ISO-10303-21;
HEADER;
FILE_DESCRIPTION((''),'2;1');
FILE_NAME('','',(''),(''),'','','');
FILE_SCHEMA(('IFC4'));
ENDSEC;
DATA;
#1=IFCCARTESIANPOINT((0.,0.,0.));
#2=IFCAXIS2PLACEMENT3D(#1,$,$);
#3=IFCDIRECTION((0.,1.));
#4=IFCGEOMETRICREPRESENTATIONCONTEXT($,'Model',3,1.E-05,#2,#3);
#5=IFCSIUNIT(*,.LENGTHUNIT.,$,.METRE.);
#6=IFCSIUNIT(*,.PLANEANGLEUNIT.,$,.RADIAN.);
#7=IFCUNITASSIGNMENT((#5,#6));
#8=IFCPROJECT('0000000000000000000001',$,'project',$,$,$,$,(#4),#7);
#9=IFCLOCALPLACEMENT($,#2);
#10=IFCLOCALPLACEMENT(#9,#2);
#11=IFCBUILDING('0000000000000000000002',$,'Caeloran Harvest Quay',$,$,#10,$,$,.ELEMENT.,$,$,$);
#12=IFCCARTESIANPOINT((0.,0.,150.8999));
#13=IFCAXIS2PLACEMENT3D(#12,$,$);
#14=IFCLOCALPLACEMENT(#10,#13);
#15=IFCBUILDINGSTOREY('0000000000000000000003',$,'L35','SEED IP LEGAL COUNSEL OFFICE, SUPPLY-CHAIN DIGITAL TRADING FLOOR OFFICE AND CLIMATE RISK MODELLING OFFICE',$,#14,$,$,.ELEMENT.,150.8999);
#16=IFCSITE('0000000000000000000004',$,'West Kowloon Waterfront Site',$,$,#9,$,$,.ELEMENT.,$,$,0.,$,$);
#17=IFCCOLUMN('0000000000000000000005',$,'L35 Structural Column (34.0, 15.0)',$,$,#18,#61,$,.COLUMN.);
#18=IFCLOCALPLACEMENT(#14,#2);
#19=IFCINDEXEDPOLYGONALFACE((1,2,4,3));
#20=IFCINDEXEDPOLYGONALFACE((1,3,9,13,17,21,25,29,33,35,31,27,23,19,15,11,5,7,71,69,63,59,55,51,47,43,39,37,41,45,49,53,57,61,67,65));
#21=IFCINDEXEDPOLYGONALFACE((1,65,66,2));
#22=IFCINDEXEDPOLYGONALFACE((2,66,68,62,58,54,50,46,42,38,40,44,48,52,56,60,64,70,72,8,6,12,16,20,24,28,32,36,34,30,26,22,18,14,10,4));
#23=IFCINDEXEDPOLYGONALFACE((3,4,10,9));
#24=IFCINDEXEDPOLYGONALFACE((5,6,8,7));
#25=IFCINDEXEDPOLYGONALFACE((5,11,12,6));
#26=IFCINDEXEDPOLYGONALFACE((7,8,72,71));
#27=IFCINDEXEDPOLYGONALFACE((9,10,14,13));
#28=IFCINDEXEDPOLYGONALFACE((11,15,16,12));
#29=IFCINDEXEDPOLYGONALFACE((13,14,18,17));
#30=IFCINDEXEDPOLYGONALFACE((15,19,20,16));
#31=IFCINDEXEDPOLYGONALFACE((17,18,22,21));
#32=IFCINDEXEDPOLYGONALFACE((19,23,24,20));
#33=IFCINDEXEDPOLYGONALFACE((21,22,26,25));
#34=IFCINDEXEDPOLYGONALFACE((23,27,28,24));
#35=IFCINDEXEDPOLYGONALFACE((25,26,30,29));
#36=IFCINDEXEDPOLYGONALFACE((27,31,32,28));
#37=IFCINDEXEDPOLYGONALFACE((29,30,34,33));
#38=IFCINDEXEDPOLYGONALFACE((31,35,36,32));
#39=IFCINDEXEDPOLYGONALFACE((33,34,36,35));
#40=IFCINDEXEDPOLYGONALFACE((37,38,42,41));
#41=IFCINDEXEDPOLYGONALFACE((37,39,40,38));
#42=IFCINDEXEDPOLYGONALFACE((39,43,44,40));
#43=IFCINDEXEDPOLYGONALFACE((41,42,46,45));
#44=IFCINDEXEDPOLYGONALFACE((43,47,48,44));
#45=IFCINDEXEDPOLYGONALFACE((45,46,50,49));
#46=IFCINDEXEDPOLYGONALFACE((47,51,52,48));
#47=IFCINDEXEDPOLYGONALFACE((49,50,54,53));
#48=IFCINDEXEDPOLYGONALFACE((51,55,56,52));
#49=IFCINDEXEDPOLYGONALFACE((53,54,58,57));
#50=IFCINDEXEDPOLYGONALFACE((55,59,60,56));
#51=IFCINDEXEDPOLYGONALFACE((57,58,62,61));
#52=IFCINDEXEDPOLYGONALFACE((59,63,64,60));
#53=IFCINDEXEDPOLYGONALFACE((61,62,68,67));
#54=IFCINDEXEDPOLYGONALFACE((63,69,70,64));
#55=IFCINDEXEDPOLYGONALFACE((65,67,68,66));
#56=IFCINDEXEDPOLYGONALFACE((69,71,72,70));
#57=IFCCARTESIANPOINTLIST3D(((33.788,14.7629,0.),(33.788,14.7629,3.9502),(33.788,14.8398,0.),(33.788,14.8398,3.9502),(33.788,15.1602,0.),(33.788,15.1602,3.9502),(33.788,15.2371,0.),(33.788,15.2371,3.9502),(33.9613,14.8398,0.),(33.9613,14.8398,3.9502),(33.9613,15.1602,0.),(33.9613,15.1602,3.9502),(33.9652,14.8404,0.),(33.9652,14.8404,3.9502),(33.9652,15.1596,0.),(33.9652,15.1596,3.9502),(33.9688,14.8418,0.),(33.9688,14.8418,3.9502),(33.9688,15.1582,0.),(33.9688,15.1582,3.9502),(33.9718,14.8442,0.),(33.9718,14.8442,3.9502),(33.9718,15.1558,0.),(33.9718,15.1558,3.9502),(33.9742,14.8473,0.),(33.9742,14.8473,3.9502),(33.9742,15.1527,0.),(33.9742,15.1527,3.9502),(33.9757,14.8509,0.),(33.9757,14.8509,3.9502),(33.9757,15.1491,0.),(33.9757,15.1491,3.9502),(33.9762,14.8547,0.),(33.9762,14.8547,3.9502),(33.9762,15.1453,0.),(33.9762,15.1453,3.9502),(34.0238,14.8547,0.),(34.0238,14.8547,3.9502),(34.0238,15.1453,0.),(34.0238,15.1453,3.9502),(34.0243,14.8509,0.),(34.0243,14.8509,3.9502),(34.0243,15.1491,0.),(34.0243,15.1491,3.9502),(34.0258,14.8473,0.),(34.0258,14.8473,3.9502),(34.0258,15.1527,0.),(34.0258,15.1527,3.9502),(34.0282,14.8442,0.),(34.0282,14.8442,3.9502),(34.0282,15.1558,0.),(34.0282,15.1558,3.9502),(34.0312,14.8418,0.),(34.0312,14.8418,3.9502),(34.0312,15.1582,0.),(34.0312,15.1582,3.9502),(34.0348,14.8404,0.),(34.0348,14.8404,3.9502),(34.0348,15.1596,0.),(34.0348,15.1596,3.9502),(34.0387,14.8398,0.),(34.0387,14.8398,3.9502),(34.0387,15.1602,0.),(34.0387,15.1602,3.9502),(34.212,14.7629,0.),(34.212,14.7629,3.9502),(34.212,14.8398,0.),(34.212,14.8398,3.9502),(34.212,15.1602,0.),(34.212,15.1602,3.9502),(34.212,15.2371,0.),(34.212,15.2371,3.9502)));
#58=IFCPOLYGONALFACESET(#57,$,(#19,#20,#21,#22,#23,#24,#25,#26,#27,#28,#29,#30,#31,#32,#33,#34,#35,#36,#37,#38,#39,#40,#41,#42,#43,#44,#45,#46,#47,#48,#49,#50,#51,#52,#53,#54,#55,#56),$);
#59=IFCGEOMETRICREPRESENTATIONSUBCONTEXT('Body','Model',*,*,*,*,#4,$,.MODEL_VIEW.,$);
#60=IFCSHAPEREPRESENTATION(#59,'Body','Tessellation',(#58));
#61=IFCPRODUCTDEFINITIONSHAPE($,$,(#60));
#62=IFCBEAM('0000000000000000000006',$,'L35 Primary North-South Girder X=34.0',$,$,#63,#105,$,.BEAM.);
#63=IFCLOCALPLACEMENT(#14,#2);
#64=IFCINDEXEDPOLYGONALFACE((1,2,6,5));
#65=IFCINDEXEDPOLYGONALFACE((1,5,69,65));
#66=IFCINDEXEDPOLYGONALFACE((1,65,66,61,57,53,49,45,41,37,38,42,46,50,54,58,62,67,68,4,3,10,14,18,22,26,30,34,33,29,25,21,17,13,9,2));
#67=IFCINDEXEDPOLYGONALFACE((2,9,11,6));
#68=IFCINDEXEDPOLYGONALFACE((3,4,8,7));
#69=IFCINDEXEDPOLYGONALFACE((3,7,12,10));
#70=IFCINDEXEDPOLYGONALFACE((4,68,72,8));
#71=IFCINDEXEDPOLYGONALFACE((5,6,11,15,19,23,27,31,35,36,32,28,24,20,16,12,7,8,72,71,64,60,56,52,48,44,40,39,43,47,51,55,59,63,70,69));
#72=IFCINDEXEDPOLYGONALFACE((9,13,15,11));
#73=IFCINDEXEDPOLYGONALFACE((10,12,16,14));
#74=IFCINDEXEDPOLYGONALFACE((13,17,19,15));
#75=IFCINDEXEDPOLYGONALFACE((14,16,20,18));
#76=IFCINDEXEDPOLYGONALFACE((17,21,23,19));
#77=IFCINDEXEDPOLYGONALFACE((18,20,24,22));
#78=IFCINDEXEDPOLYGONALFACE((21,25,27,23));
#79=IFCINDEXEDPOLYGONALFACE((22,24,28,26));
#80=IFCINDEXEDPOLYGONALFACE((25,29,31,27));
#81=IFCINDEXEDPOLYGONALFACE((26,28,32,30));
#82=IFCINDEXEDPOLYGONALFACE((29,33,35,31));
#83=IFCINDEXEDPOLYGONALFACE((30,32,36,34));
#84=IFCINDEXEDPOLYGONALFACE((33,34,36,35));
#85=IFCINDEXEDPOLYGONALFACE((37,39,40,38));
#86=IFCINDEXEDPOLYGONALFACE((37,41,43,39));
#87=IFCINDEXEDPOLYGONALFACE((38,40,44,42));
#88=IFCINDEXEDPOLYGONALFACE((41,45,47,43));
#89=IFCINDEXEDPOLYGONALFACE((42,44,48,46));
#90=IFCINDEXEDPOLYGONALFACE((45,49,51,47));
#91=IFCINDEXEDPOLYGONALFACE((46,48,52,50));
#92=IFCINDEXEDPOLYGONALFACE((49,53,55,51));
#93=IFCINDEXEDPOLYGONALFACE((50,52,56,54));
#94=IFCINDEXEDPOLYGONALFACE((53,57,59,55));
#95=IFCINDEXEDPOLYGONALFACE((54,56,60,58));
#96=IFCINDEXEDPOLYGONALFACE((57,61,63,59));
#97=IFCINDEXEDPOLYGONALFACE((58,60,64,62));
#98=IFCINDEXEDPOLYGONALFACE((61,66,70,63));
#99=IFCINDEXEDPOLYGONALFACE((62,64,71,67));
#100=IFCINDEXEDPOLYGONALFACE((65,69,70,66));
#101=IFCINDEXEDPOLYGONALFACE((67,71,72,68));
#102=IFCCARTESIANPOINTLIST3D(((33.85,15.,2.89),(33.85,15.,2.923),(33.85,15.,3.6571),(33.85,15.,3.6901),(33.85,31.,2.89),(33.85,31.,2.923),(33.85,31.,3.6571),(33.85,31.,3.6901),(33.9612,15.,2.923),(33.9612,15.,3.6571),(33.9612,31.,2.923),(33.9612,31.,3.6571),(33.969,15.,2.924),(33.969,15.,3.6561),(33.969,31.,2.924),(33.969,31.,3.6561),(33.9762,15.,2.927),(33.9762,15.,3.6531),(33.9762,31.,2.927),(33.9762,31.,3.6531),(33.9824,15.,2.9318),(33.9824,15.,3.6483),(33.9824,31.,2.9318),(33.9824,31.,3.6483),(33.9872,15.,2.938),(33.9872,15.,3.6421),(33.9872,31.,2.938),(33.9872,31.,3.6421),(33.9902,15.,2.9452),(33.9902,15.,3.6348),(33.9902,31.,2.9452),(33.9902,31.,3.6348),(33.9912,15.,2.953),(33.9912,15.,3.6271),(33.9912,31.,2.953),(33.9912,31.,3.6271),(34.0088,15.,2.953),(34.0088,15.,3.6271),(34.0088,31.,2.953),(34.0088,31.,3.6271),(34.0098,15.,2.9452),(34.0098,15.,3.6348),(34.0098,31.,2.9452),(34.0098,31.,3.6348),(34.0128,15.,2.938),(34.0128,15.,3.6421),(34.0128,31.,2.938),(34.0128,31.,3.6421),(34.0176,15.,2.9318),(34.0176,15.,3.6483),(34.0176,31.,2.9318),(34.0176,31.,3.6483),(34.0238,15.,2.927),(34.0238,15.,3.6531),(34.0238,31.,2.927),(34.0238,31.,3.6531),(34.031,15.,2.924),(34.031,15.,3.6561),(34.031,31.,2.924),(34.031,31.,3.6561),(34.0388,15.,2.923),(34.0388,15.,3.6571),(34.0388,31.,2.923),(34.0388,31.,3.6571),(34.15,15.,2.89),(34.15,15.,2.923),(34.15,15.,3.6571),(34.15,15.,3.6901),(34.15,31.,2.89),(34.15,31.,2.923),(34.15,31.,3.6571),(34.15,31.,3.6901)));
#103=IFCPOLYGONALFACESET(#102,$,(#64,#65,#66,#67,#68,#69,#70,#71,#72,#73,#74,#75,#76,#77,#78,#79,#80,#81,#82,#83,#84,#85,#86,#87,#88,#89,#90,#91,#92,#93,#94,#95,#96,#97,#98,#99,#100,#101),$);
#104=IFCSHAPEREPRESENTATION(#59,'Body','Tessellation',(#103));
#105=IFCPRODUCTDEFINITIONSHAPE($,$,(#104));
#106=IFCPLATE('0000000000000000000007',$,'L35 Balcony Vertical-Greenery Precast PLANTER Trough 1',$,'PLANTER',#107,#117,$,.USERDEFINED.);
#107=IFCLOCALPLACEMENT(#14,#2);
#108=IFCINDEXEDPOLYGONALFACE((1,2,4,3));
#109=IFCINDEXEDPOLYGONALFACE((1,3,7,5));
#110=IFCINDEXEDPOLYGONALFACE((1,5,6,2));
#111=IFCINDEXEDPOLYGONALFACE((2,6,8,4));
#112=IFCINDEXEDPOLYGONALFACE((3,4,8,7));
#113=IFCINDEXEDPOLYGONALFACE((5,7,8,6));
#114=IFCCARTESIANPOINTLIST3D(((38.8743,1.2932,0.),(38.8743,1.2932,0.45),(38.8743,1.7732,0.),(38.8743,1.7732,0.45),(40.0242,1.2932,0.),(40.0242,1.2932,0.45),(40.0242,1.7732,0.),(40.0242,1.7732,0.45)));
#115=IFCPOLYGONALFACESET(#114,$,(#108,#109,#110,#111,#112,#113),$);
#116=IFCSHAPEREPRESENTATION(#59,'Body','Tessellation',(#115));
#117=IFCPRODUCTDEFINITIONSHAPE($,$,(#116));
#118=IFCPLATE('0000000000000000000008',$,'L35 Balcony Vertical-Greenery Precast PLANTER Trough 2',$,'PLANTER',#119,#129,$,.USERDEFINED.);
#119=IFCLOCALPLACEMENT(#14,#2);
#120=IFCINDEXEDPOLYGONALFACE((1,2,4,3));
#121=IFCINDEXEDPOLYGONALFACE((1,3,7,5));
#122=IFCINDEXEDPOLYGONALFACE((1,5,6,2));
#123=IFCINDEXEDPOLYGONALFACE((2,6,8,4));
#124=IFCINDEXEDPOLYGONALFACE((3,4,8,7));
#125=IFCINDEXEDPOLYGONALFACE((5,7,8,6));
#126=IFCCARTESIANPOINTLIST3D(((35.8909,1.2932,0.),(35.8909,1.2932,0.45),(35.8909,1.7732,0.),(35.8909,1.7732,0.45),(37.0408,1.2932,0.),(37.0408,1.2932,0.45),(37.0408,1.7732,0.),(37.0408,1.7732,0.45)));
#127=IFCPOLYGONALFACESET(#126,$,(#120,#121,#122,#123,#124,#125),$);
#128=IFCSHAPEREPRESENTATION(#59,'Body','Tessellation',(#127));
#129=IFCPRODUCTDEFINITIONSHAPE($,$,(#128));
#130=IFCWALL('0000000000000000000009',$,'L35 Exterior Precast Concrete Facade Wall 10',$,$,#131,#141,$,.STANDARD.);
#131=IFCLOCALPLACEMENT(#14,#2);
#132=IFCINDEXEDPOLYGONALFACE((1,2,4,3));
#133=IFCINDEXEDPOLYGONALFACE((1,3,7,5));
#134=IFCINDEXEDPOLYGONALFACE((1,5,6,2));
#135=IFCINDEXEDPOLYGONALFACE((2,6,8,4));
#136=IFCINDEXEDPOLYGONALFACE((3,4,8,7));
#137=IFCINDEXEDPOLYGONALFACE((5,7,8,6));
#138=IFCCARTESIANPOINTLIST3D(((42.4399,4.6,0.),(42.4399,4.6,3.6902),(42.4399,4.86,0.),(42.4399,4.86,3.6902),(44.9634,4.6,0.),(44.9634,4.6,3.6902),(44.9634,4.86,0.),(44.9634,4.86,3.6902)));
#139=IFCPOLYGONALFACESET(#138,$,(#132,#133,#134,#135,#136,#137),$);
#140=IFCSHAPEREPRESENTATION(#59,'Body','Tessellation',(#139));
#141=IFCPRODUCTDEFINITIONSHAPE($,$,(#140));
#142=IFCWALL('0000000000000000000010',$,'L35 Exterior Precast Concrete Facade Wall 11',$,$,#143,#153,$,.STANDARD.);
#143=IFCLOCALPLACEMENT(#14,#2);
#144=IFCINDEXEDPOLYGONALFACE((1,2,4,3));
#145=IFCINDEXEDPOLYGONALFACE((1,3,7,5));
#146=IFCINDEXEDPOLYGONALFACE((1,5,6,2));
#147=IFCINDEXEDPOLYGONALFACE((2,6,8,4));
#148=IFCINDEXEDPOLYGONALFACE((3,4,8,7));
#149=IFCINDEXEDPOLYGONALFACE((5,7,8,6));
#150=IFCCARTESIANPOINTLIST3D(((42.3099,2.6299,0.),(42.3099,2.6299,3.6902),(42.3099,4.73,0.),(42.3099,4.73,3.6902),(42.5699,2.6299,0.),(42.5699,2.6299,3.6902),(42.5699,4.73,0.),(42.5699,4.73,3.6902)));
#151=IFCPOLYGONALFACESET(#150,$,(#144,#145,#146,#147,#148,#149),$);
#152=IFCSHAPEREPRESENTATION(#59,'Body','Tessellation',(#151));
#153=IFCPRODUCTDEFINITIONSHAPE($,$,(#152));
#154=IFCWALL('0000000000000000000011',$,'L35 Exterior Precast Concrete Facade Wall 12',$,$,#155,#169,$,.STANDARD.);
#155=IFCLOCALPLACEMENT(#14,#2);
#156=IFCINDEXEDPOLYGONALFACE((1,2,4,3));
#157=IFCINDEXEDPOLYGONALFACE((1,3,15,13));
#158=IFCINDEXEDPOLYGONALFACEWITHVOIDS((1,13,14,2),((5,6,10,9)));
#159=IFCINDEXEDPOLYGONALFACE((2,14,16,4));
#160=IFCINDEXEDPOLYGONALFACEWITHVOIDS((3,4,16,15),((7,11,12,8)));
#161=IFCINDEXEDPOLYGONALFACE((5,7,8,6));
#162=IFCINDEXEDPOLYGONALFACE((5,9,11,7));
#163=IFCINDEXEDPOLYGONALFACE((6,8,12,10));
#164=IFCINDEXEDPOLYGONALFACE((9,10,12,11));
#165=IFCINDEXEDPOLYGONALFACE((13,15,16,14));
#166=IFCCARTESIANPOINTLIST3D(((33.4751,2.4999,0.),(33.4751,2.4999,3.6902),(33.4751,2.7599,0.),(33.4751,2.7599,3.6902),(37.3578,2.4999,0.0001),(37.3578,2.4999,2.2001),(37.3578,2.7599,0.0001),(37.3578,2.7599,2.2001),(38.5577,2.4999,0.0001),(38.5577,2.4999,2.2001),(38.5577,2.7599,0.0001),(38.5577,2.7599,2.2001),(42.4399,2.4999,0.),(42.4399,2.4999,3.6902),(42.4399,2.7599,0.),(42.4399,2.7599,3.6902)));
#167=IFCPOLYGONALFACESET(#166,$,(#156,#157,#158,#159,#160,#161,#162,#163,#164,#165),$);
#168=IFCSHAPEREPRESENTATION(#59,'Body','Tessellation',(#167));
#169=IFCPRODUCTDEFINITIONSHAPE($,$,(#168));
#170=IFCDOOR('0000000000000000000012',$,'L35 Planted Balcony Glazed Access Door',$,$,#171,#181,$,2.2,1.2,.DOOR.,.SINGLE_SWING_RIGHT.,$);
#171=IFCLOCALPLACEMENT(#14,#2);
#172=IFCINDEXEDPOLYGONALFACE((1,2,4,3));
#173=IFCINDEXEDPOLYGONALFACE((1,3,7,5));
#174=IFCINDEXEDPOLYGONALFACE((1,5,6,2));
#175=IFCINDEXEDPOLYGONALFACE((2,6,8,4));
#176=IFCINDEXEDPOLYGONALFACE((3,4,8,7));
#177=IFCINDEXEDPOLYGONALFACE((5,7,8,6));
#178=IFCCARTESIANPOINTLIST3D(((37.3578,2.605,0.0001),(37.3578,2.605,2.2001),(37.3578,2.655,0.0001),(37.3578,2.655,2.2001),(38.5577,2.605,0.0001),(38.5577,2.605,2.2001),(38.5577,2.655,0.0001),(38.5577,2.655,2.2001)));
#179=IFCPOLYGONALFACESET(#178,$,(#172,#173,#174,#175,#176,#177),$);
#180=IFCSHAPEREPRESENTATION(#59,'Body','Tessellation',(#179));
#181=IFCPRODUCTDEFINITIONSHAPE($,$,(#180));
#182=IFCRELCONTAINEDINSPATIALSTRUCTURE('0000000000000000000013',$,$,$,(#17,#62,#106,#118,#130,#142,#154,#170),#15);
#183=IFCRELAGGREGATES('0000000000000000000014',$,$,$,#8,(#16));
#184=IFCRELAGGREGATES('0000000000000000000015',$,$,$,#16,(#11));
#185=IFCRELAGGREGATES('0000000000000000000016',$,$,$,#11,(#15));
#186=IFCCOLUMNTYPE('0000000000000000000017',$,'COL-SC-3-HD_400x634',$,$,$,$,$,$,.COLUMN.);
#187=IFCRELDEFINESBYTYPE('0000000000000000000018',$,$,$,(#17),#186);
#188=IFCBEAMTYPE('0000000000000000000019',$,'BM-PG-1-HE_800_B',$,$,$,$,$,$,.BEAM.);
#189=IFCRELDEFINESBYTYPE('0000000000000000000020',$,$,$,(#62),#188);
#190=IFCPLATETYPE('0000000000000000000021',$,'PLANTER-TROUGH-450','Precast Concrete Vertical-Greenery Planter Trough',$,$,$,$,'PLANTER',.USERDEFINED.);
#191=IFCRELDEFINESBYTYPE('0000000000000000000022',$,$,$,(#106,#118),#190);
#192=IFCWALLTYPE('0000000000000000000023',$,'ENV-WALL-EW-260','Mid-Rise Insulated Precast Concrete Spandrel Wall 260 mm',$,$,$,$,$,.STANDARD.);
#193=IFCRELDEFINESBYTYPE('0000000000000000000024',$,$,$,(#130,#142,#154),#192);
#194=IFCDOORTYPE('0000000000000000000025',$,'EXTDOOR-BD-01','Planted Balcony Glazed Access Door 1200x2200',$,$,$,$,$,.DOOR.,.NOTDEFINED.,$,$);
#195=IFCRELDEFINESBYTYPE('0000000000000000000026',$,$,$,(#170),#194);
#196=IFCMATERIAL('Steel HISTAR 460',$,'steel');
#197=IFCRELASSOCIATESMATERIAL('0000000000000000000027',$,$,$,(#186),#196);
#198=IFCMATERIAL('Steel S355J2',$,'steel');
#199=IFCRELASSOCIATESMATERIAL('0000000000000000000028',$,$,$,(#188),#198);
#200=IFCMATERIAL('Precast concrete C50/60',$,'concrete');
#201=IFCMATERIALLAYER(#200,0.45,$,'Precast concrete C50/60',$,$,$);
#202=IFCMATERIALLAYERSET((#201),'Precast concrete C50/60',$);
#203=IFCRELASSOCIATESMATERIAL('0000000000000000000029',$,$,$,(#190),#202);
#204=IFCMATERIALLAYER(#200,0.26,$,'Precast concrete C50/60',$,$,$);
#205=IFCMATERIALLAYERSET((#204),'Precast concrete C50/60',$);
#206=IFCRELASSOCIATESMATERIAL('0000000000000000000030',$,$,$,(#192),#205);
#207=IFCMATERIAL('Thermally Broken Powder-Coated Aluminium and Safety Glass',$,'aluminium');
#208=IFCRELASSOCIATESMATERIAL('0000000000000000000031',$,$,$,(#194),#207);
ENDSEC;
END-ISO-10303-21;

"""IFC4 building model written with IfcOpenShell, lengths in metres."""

from ifc_helpers import new_model, si_unit, direction, frame, frame_2d, origin, origin_2d, place, context, subcontext, project, spatial, rectangle, i_section, extrude, material, layer, layer_set, material_profile, profile_set, type_object, element, fill, save


model = new_model("IFC4")

# Units and contexts
model_context = context("Model", 3, precision=1e-05, world=origin(), true_north=direction((0.0, 1.0)))
body_context = subcontext(model_context, "Body", "Model", "MODEL_VIEW")
ifc_project = project(units=[si_unit("LENGTHUNIT", "METRE"), si_unit("PLANEANGLEUNIT", "RADIAN")], contexts=[model_context])

# Site, building, storey
site_placement = place(None, origin())
site = spatial("IfcSite", under=ifc_project, at=site_placement, Name="West Kowloon Waterfront Site", CompositionType="ELEMENT", RefElevation=0.0)
building_placement = place(site_placement, origin())
building = spatial("IfcBuilding", under=site, at=building_placement, Name="Caeloran Harvest Quay", CompositionType="ELEMENT")
storey_placement = place(building_placement, frame((0.0, 0.0, 150.8999)))
storey = spatial("IfcBuildingStorey", under=building, at=storey_placement, Name="L35", Description="SEED IP LEGAL COUNSEL OFFICE, SUPPLY-CHAIN DIGITAL TRADING FLOOR OFFICE AND CLIMATE RISK MODELLING OFFICE", CompositionType="ELEMENT", Elevation=150.8999)

# Column
ifc_material_1 = material(Name="Steel HISTAR 460", Category="steel")
ifc_material_profile_1 = material_profile(ifc_material_1, i_section(OverallWidth=0.4241, OverallDepth=0.4741, WebThickness=0.0476, FlangeThickness=0.0769, FilletRadius=0.0149, at=origin_2d()), Name="HD 400x634")
ifc_profile_set_1 = profile_set([ifc_material_profile_1], Name="Steel HISTAR 460")
column_type = type_object("IfcColumnType", Name="COL-SC-3-HD_400x634", PredefinedType="COLUMN", material=ifc_profile_set_1)
column_placement = place(storey_placement, frame((34.0, 15.0, 0.0), z_axis=(0.0, 0.0, 1.0), x_axis=(1.0, 0.0, 0.0)))
element("IfcColumn", 1, at=column_placement, inside=storey, type_object=column_type, Name="L35 Structural Column (34.0, 15.0)", PredefinedType="COLUMN", context=body_context, shape_type="SweptSolid", body=[
    extrude(i_section(OverallWidth=0.4241, OverallDepth=0.4741, WebThickness=0.0476, FlangeThickness=0.0769, FilletRadius=0.0149, at=origin_2d()), origin(), (0.0, 0.0, 1.0), 3.9502),
])

# Beam
ifc_material_2 = material(Name="Steel S355J2", Category="steel")
ifc_material_profile_2 = material_profile(ifc_material_2, i_section(OverallWidth=0.3, OverallDepth=0.8, WebThickness=0.0176, FlangeThickness=0.033, FilletRadius=0.03, at=origin_2d()), Name="HE 800 B")
ifc_profile_set_2 = profile_set([ifc_material_profile_2], Name="Steel S355J2")
beam_type = type_object("IfcBeamType", Name="BM-PG-1-HE_800_B", PredefinedType="BEAM", material=ifc_profile_set_2)
beam_placement = place(storey_placement, frame((34.0, 15.0, 3.29), z_axis=(0.0, 1.0, 0.0), x_axis=(-1.0, 0.0, 0.0)))
element("IfcBeam", 2, at=beam_placement, inside=storey, type_object=beam_type, Name="L35 Primary North-South Girder X=34.0", PredefinedType="BEAM", context=body_context, shape_type="SweptSolid", body=[
    extrude(i_section(OverallWidth=0.3, OverallDepth=0.8, WebThickness=0.0176, FlangeThickness=0.033, FilletRadius=0.03, at=origin_2d()), origin(), (0.0, 0.0, 1.0), 16.0),
])

# Plates
ifc_material_3 = material(Name="Precast concrete C50/60", Category="concrete")
ifc_layer_1 = layer(ifc_material_3, 0.45, Name="Precast concrete C50/60")
ifc_layer_set_1 = layer_set([ifc_layer_1], Name="Precast concrete C50/60")
plate_type = type_object("IfcPlateType", Name="PLANTER-TROUGH-450", Description="Precast Concrete Vertical-Greenery Planter Trough", ElementType="PLANTER", PredefinedType="USERDEFINED", material=ifc_layer_set_1)
for number, where, z_axis, x_axis, name in (
    (3, (39.4492, 1.5332, 0.0), (0.0, 0.0, 1.0), (1.0, 0.0, 0.0), "L35 Balcony Vertical-Greenery Precast PLANTER Trough 1"),
    (4, (36.4658, 1.5332, 0.0), (0.0, 0.0, 1.0), (1.0, 0.0, 0.0), "L35 Balcony Vertical-Greenery Precast PLANTER Trough 2"),
):
    element("IfcPlate", number, at=place(storey_placement, frame(where, z_axis=z_axis, x_axis=x_axis)), inside=storey, type_object=plate_type, Name=name, ObjectType="PLANTER", PredefinedType="USERDEFINED", context=body_context, shape_type="SweptSolid", body=[
        extrude(rectangle(XDim=1.1499, YDim=0.48, at=origin_2d()), origin(), (0.0, 0.0, 1.0), 0.45),
    ])

# Walls
ifc_layer_2 = layer(ifc_material_3, 0.26, Name="Precast concrete C50/60")
ifc_layer_set_2 = layer_set([ifc_layer_2], Name="Precast concrete C50/60")
wall_type_1 = type_object("IfcWallType", Name="ENV-WALL-EW-260", Description="Mid-Rise Insulated Precast Concrete Spandrel Wall 260 mm", PredefinedType="STANDARD", material=ifc_layer_set_2)
wall_1_placement = place(storey_placement, frame((44.9634, 4.73, 0.0), z_axis=(0.0, 0.0, 1.0), x_axis=(-1.0, 0.0, 0.0)))
element("IfcWall", 5, at=wall_1_placement, inside=storey, type_object=wall_type_1, Name="L35 Exterior Precast Concrete Facade Wall 10", PredefinedType="STANDARD", context=body_context, shape_type="SweptSolid", body=[
    extrude(rectangle(XDim=2.5234, YDim=0.26, at=frame_2d((1.2617, 0.0))), origin(), (0.0, 0.0, 1.0), 3.6902),
])
wall_2_placement = place(storey_placement, frame((42.4399, 4.73, 0.0), z_axis=(0.0, 0.0, 1.0), x_axis=(0.0, -1.0, 0.0)))
element("IfcWall", 6, at=wall_2_placement, inside=storey, type_object=wall_type_1, Name="L35 Exterior Precast Concrete Facade Wall 11", PredefinedType="STANDARD", context=body_context, shape_type="SweptSolid", body=[
    extrude(rectangle(XDim=2.1001, YDim=0.26, at=frame_2d((1.05, 0.0))), origin(), (0.0, 0.0, 1.0), 3.6902),
])

# Wall, opening, door
wall_3_placement = place(storey_placement, frame((42.4399, 2.6299, 0.0), z_axis=(0.0, 0.0, 1.0), x_axis=(-1.0, 0.0, 0.0)))
wall_3 = element("IfcWall", 7, at=wall_3_placement, inside=storey, type_object=wall_type_1, Name="L35 Exterior Precast Concrete Facade Wall 12", PredefinedType="STANDARD", context=body_context, shape_type="SweptSolid", body=[
    extrude(rectangle(XDim=8.9648, YDim=0.26, at=frame_2d((4.4824, 0.0))), origin(), (0.0, 0.0, 1.0), 3.6902),
])
opening_placement = place(wall_3_placement, frame((3.8821, 0.0, 0.0)))
opening = element("IfcOpeningElement", 8, at=opening_placement, cuts=wall_3, PredefinedType="OPENING", context=body_context, shape_type="SweptSolid", body=[
    extrude(rectangle(XDim=1.2, YDim=2.2, at=frame_2d((0.6001, 1.1001))), frame((0.0, 0.1401, 0.0), z_axis=(0.0, -1.0, 0.0), x_axis=(1.0, 0.0, 0.0)), (0.0, 0.0, 1.0), 0.28),
])
ifc_material_4 = material(Name="Thermally Broken Powder-Coated Aluminium and Safety Glass", Category="aluminium")
door_type = type_object("IfcDoorType", Name="EXTDOOR-BD-01", Description="Planted Balcony Glazed Access Door 1200x2200", OperationType="NOTDEFINED", PredefinedType="DOOR", material=ifc_material_4)
door_placement = place(opening_placement, origin())
door = element("IfcDoor", 9, at=door_placement, inside=storey, type_object=door_type, Name="L35 Planted Balcony Glazed Access Door", OperationType="SINGLE_SWING_RIGHT", OverallHeight=2.2, OverallWidth=1.2, PredefinedType="DOOR", context=body_context, shape_type="SweptSolid", body=[
    extrude(rectangle(XDim=1.2, YDim=2.2, at=frame_2d((0.6001, 1.1001))), frame((0.0, 0.0249, 0.0), z_axis=(0.0, -1.0, 0.0), x_axis=(1.0, 0.0, 0.0)), (0.0, 0.0, 1.0), 0.05),
])
fill(opening, door)

save(model, "model.ifc")
